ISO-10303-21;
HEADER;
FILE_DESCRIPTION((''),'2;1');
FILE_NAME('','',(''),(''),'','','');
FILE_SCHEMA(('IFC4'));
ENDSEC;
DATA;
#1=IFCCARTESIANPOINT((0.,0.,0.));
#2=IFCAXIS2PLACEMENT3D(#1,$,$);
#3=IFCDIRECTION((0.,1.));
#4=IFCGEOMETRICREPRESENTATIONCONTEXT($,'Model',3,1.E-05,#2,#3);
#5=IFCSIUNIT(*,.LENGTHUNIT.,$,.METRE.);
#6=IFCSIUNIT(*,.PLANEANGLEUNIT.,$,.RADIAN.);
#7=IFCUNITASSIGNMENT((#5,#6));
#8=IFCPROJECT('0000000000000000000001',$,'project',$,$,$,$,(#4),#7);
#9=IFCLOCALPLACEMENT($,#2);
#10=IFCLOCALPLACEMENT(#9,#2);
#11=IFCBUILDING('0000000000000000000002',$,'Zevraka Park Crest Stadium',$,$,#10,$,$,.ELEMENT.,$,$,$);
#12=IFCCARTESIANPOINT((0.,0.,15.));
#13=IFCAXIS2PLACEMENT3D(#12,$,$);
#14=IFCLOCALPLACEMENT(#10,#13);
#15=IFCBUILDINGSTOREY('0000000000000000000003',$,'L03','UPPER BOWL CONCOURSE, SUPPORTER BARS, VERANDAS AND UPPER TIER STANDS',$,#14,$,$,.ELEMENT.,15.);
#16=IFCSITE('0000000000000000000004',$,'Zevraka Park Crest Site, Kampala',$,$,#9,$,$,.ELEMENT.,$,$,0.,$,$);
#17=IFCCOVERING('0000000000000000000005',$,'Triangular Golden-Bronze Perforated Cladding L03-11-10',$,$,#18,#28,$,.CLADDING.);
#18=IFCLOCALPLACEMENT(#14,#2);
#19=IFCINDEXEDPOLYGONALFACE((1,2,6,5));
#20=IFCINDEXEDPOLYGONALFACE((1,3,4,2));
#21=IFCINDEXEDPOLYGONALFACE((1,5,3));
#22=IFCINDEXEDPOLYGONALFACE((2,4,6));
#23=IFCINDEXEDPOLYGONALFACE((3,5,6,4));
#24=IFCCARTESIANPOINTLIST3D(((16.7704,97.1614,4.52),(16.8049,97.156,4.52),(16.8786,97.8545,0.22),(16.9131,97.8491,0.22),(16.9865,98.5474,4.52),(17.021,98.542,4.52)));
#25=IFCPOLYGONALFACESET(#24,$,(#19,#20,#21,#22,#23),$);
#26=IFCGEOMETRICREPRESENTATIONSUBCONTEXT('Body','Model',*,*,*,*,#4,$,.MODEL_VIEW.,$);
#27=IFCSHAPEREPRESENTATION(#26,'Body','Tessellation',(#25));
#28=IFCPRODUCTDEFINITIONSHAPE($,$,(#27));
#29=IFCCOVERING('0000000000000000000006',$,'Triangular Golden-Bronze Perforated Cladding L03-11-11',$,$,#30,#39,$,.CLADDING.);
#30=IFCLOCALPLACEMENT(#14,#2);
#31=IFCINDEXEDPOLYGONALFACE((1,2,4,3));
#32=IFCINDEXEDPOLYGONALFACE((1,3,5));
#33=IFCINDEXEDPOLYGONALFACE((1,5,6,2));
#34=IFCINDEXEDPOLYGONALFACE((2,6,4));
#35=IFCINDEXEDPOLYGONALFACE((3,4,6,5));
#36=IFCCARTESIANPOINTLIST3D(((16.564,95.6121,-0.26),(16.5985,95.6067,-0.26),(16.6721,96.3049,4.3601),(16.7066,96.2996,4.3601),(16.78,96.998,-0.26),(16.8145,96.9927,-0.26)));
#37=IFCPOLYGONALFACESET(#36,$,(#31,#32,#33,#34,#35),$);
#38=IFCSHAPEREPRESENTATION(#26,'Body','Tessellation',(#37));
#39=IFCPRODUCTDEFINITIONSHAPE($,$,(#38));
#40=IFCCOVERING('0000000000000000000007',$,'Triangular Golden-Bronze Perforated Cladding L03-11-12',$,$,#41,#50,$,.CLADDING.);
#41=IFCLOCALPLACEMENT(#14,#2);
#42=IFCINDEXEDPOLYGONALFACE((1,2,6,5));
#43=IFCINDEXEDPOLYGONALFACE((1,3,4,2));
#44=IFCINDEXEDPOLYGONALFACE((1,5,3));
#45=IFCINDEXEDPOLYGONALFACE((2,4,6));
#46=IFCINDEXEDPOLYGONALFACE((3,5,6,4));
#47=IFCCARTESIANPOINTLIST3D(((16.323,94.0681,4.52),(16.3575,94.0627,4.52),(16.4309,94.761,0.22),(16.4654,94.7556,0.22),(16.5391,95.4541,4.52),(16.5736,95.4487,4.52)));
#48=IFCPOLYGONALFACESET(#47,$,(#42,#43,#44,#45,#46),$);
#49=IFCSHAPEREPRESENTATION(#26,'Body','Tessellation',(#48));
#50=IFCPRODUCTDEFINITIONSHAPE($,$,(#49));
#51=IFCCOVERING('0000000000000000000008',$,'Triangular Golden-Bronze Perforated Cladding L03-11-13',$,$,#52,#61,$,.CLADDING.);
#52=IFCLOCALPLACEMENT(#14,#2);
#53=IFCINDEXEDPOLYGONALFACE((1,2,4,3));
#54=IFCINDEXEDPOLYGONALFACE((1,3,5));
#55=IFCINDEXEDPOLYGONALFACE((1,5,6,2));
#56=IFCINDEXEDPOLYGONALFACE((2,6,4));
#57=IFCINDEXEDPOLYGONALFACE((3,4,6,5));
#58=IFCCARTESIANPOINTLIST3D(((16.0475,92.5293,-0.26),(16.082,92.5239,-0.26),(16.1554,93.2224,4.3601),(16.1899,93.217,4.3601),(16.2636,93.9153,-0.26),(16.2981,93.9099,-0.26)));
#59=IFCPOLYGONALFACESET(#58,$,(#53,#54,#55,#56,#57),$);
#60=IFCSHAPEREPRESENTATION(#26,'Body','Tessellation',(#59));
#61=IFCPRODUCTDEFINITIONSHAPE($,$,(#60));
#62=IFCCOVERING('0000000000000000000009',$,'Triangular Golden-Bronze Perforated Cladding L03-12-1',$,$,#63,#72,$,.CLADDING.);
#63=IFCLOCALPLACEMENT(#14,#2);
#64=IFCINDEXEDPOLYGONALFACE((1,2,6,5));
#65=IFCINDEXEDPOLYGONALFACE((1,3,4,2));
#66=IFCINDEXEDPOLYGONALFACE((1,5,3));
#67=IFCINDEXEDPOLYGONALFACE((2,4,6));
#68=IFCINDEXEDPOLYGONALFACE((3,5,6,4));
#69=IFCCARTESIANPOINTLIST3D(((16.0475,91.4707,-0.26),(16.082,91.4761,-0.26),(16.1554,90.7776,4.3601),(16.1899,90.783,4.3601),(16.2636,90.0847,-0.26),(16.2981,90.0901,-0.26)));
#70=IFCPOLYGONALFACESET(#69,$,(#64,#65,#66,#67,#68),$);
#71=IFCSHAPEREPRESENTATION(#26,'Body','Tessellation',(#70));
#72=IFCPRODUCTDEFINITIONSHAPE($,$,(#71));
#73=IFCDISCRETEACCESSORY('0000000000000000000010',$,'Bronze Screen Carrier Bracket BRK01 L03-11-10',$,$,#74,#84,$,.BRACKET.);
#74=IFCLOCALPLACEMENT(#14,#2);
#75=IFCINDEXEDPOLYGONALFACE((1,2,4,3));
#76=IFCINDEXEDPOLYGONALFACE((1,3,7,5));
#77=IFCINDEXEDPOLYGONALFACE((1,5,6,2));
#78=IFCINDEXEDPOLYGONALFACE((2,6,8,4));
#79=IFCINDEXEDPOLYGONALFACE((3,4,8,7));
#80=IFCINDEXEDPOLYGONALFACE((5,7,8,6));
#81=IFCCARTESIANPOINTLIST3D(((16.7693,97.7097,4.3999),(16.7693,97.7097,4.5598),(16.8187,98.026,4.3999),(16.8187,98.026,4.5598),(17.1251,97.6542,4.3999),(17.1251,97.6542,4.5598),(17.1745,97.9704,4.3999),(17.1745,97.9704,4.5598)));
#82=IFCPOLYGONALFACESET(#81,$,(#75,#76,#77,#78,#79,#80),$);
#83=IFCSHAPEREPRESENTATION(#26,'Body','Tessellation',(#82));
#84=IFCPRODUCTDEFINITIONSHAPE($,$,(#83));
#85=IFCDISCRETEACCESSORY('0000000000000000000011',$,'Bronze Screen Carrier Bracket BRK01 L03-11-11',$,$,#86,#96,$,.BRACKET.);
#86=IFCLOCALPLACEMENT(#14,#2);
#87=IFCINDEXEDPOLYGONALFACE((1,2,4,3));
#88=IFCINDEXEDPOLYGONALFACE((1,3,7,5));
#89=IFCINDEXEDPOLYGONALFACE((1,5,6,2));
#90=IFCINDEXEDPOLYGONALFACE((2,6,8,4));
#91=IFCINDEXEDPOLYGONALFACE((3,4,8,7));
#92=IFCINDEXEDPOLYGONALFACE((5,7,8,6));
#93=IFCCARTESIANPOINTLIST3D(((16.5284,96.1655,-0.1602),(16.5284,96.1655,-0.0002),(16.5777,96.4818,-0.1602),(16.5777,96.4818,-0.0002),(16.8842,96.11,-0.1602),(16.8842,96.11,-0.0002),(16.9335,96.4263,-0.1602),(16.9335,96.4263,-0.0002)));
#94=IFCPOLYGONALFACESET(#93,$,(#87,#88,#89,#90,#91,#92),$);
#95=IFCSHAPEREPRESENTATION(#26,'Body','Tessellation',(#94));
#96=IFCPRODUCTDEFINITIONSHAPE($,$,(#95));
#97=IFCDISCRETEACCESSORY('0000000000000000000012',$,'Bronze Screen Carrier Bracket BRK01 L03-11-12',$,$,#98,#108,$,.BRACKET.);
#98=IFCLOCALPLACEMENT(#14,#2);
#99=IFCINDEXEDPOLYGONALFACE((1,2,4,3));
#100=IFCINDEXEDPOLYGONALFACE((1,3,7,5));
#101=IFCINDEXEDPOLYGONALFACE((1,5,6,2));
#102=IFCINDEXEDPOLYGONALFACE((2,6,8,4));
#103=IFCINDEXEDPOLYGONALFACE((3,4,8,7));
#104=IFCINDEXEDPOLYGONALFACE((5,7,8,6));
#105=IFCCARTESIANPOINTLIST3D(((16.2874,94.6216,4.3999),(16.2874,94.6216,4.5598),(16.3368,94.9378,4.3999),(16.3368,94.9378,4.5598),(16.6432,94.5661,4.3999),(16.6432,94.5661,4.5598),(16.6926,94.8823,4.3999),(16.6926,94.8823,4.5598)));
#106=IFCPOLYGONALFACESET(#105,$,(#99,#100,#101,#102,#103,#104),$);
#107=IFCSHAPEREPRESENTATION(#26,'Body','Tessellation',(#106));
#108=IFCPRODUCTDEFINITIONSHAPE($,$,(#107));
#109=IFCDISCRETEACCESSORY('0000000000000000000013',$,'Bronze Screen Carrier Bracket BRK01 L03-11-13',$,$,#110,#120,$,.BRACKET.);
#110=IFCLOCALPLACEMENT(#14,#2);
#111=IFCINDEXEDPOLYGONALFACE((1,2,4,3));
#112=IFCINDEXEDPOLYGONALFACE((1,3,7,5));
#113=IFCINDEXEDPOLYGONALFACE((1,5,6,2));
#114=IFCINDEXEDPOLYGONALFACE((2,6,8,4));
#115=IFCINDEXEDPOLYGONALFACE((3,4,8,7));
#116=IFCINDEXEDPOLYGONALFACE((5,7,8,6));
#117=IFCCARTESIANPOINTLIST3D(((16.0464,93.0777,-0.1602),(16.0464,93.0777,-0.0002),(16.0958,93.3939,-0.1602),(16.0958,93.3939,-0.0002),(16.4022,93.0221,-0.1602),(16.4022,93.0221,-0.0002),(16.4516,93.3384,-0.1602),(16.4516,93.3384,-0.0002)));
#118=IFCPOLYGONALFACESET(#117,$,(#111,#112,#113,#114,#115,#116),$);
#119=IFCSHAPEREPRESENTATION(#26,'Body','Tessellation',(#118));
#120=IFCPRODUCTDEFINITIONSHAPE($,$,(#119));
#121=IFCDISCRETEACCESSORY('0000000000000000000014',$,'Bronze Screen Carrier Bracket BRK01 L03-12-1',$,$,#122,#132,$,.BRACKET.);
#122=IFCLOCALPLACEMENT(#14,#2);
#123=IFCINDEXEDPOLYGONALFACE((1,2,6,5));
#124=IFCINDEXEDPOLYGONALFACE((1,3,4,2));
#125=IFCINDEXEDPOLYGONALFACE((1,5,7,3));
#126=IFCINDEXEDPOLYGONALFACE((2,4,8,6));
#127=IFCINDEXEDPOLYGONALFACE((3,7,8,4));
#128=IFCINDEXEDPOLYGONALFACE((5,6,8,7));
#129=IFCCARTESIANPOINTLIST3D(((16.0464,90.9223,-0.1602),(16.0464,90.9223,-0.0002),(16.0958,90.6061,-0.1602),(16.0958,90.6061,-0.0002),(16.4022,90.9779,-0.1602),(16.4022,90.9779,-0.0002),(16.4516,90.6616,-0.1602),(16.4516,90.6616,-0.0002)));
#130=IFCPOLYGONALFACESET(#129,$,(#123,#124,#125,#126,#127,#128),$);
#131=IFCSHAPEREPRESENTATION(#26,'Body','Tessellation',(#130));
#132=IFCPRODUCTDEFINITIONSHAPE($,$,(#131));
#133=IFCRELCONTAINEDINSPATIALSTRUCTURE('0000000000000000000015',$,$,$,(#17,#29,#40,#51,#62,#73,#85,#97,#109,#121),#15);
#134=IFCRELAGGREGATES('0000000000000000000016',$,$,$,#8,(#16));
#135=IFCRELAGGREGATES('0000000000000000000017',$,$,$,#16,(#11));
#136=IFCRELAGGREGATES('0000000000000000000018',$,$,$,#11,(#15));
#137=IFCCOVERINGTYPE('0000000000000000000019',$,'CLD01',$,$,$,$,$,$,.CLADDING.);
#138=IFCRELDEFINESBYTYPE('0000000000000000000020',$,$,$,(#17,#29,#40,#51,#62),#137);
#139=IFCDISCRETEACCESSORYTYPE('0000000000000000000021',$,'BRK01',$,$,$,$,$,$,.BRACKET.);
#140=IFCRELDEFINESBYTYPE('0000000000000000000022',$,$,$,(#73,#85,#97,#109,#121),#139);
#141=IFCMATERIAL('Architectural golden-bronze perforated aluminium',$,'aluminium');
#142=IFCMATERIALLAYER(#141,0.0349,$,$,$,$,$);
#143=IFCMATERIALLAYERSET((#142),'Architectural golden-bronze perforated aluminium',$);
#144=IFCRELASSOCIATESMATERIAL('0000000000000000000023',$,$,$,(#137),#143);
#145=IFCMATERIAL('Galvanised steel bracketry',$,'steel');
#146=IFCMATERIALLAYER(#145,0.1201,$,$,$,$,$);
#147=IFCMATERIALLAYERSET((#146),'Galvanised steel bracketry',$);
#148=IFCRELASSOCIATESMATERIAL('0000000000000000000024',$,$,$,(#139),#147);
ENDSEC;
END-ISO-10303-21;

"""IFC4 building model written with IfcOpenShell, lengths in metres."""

from ifc_helpers import new_model, si_unit, direction, frame, origin, origin_2d, place, context, subcontext, project, spatial, polyline, rectangle, outline, extrude, material, layer, layer_set, type_object, element, save


model = new_model("IFC4")

# Units and contexts
model_context = context("Model", 3, precision=1e-05, world=origin(), true_north=direction((0.0, 1.0)))
body_context = subcontext(model_context, "Body", "Model", "MODEL_VIEW")
ifc_project = project(units=[si_unit("LENGTHUNIT", "METRE"), si_unit("PLANEANGLEUNIT", "RADIAN")], contexts=[model_context])

# Site, building, storey
site_placement = place(None, origin())
site = spatial("IfcSite", under=ifc_project, at=site_placement, Name="Zevraka Park Crest Site, Kampala", CompositionType="ELEMENT", RefElevation=0.0)
building_placement = place(site_placement, origin())
building = spatial("IfcBuilding", under=site, at=building_placement, Name="Zevraka Park Crest Stadium", CompositionType="ELEMENT")
storey_placement = place(building_placement, frame((0.0, 0.0, 15.0)))
storey = spatial("IfcBuildingStorey", under=building, at=storey_placement, Name="L03", Description="UPPER BOWL CONCOURSE, SUPPORTER BARS, VERANDAS AND UPPER TIER STANDS", CompositionType="ELEMENT", Elevation=15.0)

# Coverings
ifc_material_1 = material(Name="Architectural golden-bronze perforated aluminium", Category="aluminium")
ifc_layer_1 = layer(ifc_material_1, 0.0349)
ifc_layer_set_1 = layer_set([ifc_layer_1], Name="Architectural golden-bronze perforated aluminium")
covering_type = type_object("IfcCoveringType", Name="CLD01", PredefinedType="CLADDING", material=ifc_layer_set_1)
covering_1_placement = place(storey_placement, frame((16.8049, 97.156, 4.52), z_axis=(0.988066, -0.154032, 0.000024), x_axis=(0.154032, 0.988066, 0.0)))
element("IfcCovering", 1, at=covering_1_placement, inside=storey, type_object=covering_type, Name="Triangular Golden-Bronze Perforated Cladding L03-11-10", PredefinedType="CLADDING", context=body_context, shape_type="SweptSolid", body=[
    extrude(outline(polyline([(0.0, 0.0), (1.4027, 0.0), (0.7015, -4.3), (0.0, 0.0)])), origin(), (0.0, 0.0, -1.0), 0.0349),
])
covering_2_placement = place(storey_placement, frame((16.78, 96.998, -0.26), z_axis=(-0.988066, 0.154032, 0.00003), x_axis=(-0.154032, -0.988066, 0.0)))
element("IfcCovering", 2, at=covering_2_placement, inside=storey, type_object=covering_type, Name="Triangular Golden-Bronze Perforated Cladding L03-11-11", PredefinedType="CLADDING", context=body_context, shape_type="SweptSolid", body=[
    extrude(outline(polyline([(0.0, 0.0), (1.4027, 0.0), (0.7015, 4.6201), (0.0, 0.0)])), origin(), (0.0, 0.0, -1.0), 0.0349),
])
covering_3_placement = place(storey_placement, frame((16.323, 94.0681, 4.52), z_axis=(-0.988066, 0.154032, 0.000024), x_axis=(0.154032, 0.988066, 0.0)))
element("IfcCovering", 3, at=covering_3_placement, inside=storey, type_object=covering_type, Name="Triangular Golden-Bronze Perforated Cladding L03-11-12", PredefinedType="CLADDING", context=body_context, shape_type="SweptSolid", body=[
    extrude(outline(polyline([(0.0, 0.0), (1.4027, 0.0), (0.7012, 4.3), (0.0, 0.0)])), origin(), (0.0, 0.0, -1.0), 0.0349),
])
covering_4_placement = place(storey_placement, frame((16.2981, 93.9099, -0.26), z_axis=(0.988066, -0.154032, 0.00003), x_axis=(-0.154032, -0.988066, 0.0)))
element("IfcCovering", 4, at=covering_4_placement, inside=storey, type_object=covering_type, Name="Triangular Golden-Bronze Perforated Cladding L03-11-13", PredefinedType="CLADDING", context=body_context, shape_type="SweptSolid", body=[
    extrude(outline(polyline([(0.0, 0.0), (1.4027, 0.0), (0.7013, -4.6201), (0.0, 0.0)])), origin(), (0.0, 0.0, -1.0), 0.0349),
])
covering_5_placement = place(storey_placement, frame((16.082, 91.4761, -0.26), z_axis=(0.988066, 0.154032, 0.00003), x_axis=(0.154032, -0.988066, 0.0)))
element("IfcCovering", 5, at=covering_5_placement, inside=storey, type_object=covering_type, Name="Triangular Golden-Bronze Perforated Cladding L03-12-1", PredefinedType="CLADDING", context=body_context, shape_type="SweptSolid", body=[
    extrude(outline(polyline([(0.0, 0.0), (1.4027, 0.0), (0.7015, -4.6201), (0.0, 0.0)])), origin(), (0.0, 0.0, -1.0), 0.0349),
])

# Discrete accessories
ifc_material_2 = material(Name="Galvanised steel bracketry", Category="steel")
ifc_layer_2 = layer(ifc_material_2, 0.1201)
ifc_layer_set_2 = layer_set([ifc_layer_2], Name="Galvanised steel bracketry")
discrete_accessory_type = type_object("IfcDiscreteAccessoryType", Name="BRK01", PredefinedType="BRACKET", material=ifc_layer_set_2)
for number, where, z_axis, x_axis, name in (
    (6, (16.9719, 97.8401, 4.3999), (0.0, 0.0, 1.0), (-0.154193, -0.988041, 0.0), "Bronze Screen Carrier Bracket BRK01 L03-11-10"),
    (7, (16.731, 96.2959, -0.1602), (0.0, 0.0, 1.0), (-0.154193, -0.988041, 0.0), "Bronze Screen Carrier Bracket BRK01 L03-11-11"),
    (8, (16.49, 94.752, 4.3999), (0.0, 0.0, 1.0), (-0.154193, -0.988041, 0.0), "Bronze Screen Carrier Bracket BRK01 L03-11-12"),
    (9, (16.249, 93.208, -0.1602), (0.0, 0.0, 1.0), (-0.154193, -0.988041, 0.0), "Bronze Screen Carrier Bracket BRK01 L03-11-13"),
    (10, (16.249, 90.792, -0.1602), (0.0, 0.0, 1.0), (0.154193, -0.988041, 0.0), "Bronze Screen Carrier Bracket BRK01 L03-12-1"),
):
    element("IfcDiscreteAccessory", number, at=place(storey_placement, frame(where, z_axis=z_axis, x_axis=x_axis)), inside=storey, type_object=discrete_accessory_type, Name=name, PredefinedType="BRACKET", context=body_context, shape_type="SweptSolid", body=[
        extrude(rectangle(XDim=0.3201, YDim=0.3601, at=origin_2d()), origin(), (0.0, 0.0, 1.0), 0.1599),
    ])

save(model, "model.ifc")
